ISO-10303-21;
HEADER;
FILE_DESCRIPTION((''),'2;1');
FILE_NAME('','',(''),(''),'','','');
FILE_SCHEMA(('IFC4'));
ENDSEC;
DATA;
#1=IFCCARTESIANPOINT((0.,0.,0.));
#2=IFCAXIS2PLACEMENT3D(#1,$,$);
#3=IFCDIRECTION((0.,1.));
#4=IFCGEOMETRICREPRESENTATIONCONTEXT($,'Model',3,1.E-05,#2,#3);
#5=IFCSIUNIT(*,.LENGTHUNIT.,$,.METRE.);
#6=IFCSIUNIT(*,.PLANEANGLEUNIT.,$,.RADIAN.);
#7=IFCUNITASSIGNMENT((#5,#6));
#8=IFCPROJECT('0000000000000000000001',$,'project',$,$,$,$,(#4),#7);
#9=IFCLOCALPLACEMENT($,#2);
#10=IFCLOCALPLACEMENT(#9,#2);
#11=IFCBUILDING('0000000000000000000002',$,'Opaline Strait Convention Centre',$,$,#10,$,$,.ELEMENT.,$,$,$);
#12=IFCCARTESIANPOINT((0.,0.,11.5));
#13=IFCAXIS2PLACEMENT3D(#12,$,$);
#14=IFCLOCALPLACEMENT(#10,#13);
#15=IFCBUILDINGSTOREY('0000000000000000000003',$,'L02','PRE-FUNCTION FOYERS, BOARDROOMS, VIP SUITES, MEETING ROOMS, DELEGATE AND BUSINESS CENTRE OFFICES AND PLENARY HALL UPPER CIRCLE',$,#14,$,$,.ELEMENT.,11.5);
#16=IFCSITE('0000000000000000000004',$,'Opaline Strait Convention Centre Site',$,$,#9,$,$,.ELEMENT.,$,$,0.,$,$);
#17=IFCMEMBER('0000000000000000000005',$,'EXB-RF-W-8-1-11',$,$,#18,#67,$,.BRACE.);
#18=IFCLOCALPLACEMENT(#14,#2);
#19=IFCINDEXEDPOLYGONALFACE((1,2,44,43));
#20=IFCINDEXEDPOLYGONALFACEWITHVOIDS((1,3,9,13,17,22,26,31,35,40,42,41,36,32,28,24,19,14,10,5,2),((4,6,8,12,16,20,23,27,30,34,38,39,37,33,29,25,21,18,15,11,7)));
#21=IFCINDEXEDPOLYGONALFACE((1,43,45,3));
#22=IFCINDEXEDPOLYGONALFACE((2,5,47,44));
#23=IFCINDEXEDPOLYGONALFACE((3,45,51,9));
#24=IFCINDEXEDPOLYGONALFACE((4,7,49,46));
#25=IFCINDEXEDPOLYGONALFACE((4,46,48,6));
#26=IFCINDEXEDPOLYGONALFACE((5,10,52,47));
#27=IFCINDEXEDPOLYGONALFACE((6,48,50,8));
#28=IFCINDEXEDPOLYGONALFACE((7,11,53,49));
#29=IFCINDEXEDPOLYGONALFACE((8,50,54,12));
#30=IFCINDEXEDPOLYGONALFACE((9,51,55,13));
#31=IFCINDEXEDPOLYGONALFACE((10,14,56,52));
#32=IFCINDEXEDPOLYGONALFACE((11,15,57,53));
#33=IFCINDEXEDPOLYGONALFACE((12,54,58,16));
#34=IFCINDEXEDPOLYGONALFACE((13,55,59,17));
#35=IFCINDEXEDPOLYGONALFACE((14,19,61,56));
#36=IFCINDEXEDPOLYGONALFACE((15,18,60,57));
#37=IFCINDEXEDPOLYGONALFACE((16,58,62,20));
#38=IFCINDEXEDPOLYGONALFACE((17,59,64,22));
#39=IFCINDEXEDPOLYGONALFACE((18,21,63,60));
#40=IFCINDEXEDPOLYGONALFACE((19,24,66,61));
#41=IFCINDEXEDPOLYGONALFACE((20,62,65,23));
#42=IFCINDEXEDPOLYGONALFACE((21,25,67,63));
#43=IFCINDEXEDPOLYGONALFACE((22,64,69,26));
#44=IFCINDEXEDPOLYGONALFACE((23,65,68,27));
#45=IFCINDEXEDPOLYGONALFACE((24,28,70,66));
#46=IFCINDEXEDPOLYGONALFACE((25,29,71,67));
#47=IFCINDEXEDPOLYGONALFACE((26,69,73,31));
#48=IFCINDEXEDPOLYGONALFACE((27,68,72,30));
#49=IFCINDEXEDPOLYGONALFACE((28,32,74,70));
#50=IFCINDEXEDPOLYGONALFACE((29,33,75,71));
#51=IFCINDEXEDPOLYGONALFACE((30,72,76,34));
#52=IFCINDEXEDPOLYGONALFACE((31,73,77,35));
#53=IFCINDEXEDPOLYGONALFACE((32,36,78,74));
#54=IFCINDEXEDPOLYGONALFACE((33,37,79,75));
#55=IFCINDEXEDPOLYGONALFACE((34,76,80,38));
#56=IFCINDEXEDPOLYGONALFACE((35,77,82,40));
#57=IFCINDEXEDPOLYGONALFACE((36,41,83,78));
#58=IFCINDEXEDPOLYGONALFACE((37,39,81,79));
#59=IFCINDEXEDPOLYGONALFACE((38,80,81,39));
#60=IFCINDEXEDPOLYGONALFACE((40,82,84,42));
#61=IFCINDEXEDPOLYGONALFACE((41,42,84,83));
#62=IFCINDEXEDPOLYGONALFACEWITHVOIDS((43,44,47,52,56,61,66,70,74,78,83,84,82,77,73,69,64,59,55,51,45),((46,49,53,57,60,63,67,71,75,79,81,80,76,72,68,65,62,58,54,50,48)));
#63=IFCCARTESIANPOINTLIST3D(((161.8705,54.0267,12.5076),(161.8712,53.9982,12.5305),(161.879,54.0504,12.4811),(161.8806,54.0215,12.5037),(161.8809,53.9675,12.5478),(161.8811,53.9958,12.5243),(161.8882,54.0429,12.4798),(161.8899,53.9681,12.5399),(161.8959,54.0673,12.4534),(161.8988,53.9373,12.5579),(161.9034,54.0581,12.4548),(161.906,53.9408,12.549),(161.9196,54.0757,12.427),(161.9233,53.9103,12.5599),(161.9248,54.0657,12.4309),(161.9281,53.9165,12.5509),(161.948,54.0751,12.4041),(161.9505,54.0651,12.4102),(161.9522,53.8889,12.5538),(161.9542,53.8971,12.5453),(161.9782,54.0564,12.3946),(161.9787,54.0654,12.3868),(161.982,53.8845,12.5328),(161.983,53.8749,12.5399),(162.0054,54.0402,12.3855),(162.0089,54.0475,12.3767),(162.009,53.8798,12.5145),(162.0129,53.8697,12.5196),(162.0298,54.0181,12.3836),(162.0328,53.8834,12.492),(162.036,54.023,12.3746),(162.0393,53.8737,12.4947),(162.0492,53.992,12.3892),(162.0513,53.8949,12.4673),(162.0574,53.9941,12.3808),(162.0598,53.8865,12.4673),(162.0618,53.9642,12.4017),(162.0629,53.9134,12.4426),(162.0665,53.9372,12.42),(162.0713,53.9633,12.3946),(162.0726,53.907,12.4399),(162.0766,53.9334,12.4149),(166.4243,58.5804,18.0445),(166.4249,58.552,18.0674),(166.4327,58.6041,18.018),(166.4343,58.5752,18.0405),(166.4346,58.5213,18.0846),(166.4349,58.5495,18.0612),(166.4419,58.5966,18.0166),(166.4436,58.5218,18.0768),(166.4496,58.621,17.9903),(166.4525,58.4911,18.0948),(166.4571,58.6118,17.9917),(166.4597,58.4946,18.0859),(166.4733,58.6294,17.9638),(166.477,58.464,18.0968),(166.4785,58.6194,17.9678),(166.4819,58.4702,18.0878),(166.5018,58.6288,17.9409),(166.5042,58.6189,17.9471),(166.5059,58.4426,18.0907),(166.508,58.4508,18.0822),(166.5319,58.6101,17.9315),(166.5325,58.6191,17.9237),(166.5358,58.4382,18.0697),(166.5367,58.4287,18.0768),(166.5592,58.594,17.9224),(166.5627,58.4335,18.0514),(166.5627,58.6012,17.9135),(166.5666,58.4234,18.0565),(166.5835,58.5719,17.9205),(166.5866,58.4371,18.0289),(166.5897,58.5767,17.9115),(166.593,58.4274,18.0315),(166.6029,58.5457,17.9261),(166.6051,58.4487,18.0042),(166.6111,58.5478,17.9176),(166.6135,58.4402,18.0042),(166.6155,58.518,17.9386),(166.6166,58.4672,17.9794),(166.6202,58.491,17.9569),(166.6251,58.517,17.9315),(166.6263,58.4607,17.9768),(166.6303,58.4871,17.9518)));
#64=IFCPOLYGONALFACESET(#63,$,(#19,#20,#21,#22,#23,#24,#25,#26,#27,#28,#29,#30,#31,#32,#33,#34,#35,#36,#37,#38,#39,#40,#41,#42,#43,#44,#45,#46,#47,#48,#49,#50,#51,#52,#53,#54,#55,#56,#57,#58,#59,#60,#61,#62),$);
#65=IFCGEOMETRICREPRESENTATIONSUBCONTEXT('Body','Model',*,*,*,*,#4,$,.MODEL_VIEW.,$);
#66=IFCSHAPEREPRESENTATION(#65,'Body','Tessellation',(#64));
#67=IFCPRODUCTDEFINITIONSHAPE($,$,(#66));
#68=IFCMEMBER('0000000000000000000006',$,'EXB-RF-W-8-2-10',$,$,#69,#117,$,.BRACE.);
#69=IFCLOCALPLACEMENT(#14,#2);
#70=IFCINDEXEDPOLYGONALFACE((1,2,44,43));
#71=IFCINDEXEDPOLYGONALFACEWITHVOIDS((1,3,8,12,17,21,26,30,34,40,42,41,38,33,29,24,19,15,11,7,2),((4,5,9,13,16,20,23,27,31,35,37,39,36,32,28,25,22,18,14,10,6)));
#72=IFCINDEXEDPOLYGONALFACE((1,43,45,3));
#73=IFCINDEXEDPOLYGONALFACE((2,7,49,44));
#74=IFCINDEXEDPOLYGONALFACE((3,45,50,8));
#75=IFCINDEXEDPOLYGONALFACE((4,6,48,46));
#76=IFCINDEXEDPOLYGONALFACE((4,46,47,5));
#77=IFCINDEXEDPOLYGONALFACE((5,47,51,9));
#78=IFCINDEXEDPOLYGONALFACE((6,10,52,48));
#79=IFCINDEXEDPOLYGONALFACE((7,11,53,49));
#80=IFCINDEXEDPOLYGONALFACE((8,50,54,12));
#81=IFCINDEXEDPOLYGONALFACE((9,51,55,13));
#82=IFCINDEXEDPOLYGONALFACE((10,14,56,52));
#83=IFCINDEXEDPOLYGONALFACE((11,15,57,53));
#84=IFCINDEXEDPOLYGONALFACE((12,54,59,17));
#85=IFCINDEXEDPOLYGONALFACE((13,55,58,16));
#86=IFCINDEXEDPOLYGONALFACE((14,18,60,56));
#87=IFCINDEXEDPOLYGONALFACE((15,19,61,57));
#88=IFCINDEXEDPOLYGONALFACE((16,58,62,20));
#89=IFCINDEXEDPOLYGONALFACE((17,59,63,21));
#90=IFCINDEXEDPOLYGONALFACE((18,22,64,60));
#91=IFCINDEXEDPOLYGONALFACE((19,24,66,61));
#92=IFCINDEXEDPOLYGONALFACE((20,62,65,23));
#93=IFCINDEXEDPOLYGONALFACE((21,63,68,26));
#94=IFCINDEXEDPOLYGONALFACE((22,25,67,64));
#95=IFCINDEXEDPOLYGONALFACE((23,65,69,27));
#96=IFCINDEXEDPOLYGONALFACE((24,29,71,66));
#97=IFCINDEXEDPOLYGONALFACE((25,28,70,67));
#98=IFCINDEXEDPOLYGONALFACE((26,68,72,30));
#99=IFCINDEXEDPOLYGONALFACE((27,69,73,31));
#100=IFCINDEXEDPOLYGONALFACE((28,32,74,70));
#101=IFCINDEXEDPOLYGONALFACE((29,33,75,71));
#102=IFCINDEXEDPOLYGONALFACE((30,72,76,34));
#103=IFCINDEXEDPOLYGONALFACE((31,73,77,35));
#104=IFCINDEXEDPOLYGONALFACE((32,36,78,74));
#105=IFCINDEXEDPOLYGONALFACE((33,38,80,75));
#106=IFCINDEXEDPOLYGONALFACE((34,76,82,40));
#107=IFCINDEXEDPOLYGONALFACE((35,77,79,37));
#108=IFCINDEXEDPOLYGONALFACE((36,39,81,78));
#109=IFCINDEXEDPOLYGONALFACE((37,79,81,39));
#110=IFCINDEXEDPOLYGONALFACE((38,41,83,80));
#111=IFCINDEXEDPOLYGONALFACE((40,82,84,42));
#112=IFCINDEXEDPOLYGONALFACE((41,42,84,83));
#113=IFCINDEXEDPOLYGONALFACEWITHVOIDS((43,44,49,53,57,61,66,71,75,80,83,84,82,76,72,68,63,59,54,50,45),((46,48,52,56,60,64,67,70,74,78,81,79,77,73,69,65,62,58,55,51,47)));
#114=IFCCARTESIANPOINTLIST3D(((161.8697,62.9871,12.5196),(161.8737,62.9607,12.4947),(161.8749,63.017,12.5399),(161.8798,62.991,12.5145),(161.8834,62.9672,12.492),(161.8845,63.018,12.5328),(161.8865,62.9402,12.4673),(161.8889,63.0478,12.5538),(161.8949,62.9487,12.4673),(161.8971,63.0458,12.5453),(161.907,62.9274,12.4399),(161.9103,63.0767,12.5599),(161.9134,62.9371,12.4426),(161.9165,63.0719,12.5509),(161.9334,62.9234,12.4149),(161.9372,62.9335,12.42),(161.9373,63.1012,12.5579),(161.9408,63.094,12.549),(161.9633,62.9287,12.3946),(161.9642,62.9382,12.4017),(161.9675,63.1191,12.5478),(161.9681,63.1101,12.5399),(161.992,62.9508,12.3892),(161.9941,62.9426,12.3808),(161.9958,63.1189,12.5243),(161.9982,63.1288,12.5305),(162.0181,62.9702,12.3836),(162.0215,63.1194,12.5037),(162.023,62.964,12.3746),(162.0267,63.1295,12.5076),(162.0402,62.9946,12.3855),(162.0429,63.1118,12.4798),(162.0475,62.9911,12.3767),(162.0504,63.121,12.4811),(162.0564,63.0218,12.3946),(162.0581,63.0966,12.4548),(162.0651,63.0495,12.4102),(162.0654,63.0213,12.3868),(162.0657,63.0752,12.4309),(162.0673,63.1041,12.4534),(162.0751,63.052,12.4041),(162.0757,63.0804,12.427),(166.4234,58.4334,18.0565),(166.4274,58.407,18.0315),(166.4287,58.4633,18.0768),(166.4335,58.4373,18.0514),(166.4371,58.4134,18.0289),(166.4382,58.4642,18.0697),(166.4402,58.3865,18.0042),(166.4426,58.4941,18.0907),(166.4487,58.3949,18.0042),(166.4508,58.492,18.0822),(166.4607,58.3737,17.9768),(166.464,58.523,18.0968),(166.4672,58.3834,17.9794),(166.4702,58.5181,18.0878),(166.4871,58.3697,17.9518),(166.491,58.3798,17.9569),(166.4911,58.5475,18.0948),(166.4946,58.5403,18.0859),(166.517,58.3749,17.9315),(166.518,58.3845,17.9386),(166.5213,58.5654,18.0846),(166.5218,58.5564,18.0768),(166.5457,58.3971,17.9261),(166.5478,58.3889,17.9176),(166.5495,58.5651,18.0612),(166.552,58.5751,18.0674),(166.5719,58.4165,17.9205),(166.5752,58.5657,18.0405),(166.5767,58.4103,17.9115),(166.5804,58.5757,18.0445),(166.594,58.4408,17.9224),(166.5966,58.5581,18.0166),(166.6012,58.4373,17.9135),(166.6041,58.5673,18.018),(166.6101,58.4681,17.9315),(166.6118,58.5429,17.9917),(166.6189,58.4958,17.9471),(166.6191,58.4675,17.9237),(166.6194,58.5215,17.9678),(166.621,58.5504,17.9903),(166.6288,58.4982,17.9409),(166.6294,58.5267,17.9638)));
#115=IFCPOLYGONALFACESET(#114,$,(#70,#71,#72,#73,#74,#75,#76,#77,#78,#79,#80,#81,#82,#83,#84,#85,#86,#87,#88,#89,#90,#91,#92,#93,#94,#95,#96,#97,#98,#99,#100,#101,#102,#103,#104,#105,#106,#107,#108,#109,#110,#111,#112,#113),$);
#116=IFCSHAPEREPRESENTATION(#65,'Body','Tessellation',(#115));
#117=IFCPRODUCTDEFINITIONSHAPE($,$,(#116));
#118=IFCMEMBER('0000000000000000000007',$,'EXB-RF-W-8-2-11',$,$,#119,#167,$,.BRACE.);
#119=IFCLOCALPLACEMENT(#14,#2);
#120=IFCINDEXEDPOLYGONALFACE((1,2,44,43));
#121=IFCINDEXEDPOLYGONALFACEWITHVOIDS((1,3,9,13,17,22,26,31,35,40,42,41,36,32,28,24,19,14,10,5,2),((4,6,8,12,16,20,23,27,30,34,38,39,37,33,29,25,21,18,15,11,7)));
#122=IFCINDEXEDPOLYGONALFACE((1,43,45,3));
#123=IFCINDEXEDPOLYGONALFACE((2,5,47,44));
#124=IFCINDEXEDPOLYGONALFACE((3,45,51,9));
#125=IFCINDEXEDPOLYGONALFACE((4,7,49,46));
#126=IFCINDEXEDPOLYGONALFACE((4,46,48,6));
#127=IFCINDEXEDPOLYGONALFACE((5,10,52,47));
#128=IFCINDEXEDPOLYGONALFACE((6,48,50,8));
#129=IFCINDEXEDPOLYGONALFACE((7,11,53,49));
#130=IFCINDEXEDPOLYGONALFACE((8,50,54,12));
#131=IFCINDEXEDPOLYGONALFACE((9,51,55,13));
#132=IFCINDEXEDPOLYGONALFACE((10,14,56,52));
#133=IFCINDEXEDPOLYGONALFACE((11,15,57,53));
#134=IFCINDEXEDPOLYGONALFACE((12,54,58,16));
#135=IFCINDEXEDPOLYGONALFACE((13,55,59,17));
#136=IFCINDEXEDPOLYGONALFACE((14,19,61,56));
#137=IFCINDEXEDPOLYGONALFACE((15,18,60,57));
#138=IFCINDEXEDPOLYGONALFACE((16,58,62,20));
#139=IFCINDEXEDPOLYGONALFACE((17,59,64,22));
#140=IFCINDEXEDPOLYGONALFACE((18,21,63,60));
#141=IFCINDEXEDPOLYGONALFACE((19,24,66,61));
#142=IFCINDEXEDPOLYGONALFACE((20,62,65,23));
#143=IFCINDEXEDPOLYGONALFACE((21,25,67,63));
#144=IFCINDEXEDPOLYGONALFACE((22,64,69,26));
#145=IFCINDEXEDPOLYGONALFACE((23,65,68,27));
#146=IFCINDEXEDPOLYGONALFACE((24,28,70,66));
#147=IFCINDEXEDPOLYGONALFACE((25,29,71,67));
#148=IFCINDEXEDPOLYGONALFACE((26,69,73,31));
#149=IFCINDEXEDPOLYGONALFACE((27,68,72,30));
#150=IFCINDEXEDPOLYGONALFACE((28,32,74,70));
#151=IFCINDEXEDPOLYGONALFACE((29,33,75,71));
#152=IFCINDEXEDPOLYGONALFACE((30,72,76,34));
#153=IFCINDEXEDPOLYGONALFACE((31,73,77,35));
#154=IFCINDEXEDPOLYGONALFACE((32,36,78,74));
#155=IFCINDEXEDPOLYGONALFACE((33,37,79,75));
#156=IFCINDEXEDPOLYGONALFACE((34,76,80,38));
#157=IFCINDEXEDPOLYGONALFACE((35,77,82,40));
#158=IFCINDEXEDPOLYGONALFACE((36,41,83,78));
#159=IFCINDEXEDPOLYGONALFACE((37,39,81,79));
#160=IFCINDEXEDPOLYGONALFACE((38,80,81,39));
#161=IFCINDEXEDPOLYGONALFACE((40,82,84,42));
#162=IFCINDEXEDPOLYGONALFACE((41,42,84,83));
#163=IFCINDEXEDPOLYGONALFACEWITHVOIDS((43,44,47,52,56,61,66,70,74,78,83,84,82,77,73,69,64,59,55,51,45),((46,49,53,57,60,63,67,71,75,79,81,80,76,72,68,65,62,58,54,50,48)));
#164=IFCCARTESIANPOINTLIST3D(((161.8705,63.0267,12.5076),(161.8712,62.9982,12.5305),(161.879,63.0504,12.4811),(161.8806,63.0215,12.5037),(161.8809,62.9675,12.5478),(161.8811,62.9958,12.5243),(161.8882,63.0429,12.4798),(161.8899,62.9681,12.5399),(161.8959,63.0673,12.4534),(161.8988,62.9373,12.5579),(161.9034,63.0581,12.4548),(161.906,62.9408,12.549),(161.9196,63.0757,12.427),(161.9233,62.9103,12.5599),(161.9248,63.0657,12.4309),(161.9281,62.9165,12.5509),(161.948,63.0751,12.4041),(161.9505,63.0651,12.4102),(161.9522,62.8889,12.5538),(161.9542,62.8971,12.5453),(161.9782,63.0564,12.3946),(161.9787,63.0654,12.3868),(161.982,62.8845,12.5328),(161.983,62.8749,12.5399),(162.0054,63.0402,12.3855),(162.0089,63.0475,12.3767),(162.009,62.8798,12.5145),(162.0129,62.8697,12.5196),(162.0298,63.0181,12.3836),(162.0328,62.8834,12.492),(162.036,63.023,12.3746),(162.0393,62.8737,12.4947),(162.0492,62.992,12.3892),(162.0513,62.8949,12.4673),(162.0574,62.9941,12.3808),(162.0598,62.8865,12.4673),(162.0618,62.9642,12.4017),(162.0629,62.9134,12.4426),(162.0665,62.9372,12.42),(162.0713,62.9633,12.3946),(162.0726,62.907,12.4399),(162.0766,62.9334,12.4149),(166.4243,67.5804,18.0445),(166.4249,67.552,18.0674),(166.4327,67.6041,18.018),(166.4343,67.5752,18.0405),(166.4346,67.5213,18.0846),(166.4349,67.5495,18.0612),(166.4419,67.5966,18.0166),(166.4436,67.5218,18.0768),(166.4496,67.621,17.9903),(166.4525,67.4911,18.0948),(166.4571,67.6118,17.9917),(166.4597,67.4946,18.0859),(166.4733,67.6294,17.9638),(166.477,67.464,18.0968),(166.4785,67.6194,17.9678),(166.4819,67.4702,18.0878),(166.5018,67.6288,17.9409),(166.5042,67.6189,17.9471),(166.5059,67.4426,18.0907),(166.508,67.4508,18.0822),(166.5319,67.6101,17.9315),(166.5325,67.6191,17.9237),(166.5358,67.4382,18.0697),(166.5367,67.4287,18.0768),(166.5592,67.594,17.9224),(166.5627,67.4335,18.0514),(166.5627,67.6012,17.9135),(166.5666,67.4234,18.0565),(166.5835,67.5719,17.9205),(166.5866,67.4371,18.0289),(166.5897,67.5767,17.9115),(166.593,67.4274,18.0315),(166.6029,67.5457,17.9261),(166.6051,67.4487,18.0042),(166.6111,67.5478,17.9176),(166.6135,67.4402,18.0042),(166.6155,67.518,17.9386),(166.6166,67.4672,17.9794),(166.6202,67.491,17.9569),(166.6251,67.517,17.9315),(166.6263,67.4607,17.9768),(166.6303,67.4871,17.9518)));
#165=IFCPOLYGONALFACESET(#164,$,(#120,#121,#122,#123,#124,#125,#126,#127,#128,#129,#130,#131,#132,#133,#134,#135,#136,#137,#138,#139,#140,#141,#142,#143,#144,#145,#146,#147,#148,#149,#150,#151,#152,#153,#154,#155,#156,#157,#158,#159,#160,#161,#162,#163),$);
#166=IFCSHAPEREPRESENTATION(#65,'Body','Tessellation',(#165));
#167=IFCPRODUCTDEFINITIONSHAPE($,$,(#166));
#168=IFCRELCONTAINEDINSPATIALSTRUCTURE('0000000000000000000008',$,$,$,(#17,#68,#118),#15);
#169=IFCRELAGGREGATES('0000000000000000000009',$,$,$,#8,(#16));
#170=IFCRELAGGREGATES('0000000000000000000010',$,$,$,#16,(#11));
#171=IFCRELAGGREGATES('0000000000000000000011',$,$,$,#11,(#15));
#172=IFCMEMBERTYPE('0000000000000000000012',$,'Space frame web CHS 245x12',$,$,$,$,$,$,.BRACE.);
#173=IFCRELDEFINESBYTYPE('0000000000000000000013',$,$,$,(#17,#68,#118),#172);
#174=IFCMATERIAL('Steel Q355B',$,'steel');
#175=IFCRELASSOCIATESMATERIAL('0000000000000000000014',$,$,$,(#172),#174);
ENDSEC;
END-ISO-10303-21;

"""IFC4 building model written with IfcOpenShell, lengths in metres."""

from ifc_helpers import new_model, si_unit, direction, frame, origin, origin_2d, place, context, subcontext, project, spatial, hollow_circle, extrude, material, material_profile, profile_set, type_object, element, save


model = new_model("IFC4")

# Units and contexts
model_context = context("Model", 3, precision=1e-05, world=origin(), true_north=direction((0.0, 1.0)))
body_context = subcontext(model_context, "Body", "Model", "MODEL_VIEW")
ifc_project = project(units=[si_unit("LENGTHUNIT", "METRE"), si_unit("PLANEANGLEUNIT", "RADIAN")], contexts=[model_context])

# Site, building, storey
site_placement = place(None, origin())
site = spatial("IfcSite", under=ifc_project, at=site_placement, Name="Opaline Strait Convention Centre Site", CompositionType="ELEMENT", RefElevation=0.0)
building_placement = place(site_placement, origin())
building = spatial("IfcBuilding", under=site, at=building_placement, Name="Opaline Strait Convention Centre", CompositionType="ELEMENT")
storey_placement = place(building_placement, frame((0.0, 0.0, 11.5)))
storey = spatial("IfcBuildingStorey", under=building, at=storey_placement, Name="L02", Description="PRE-FUNCTION FOYERS, BOARDROOMS, VIP SUITES, MEETING ROOMS, DELEGATE AND BUSINESS CENTRE OFFICES AND PLENARY HALL UPPER CIRCLE", CompositionType="ELEMENT", Elevation=11.5)

# Members
ifc_material = material(Name="Steel Q355B", Category="steel")
ifc_material_profile_1 = material_profile(ifc_material, hollow_circle(Radius=0.1226, WallThickness=0.012, at=origin_2d()), Name="CHS 245x12")
ifc_profile_set_1 = profile_set([ifc_material_profile_1], Name="Steel Q355B")
member_type_1 = type_object("IfcMemberType", Name="Space frame web CHS 245x12", PredefinedType="BRACE", material=ifc_profile_set_1)
for number, where, z_axis, x_axis, name in (
    (1, (166.5269, 58.5269, 18.0042), (-0.536178, -0.536178, -0.65194), (0.707107, -0.707107, 0.0), "EXB-RF-W-8-1-11"),
    (2, (166.5269, 58.4731, 18.0042), (-0.536178, 0.536178, -0.65194), (-0.707107, -0.707107, 0.0), "EXB-RF-W-8-2-10"),
    (3, (166.5269, 67.5269, 18.0042), (-0.536178, -0.536178, -0.65194), (0.707107, -0.707107, 0.0), "EXB-RF-W-8-2-11"),
):
    element("IfcMember", number, at=place(storey_placement, frame(where, z_axis=z_axis, x_axis=x_axis)), inside=storey, type_object=member_type_1, Name=name, PredefinedType="BRACE", context=body_context, shape_type="SweptSolid", body=[
        extrude(hollow_circle(Radius=0.1226, WallThickness=0.012, at=origin_2d()), origin(), (0.0, 0.0, 1.0), 8.4929),
    ])

save(model, "model.ifc")
